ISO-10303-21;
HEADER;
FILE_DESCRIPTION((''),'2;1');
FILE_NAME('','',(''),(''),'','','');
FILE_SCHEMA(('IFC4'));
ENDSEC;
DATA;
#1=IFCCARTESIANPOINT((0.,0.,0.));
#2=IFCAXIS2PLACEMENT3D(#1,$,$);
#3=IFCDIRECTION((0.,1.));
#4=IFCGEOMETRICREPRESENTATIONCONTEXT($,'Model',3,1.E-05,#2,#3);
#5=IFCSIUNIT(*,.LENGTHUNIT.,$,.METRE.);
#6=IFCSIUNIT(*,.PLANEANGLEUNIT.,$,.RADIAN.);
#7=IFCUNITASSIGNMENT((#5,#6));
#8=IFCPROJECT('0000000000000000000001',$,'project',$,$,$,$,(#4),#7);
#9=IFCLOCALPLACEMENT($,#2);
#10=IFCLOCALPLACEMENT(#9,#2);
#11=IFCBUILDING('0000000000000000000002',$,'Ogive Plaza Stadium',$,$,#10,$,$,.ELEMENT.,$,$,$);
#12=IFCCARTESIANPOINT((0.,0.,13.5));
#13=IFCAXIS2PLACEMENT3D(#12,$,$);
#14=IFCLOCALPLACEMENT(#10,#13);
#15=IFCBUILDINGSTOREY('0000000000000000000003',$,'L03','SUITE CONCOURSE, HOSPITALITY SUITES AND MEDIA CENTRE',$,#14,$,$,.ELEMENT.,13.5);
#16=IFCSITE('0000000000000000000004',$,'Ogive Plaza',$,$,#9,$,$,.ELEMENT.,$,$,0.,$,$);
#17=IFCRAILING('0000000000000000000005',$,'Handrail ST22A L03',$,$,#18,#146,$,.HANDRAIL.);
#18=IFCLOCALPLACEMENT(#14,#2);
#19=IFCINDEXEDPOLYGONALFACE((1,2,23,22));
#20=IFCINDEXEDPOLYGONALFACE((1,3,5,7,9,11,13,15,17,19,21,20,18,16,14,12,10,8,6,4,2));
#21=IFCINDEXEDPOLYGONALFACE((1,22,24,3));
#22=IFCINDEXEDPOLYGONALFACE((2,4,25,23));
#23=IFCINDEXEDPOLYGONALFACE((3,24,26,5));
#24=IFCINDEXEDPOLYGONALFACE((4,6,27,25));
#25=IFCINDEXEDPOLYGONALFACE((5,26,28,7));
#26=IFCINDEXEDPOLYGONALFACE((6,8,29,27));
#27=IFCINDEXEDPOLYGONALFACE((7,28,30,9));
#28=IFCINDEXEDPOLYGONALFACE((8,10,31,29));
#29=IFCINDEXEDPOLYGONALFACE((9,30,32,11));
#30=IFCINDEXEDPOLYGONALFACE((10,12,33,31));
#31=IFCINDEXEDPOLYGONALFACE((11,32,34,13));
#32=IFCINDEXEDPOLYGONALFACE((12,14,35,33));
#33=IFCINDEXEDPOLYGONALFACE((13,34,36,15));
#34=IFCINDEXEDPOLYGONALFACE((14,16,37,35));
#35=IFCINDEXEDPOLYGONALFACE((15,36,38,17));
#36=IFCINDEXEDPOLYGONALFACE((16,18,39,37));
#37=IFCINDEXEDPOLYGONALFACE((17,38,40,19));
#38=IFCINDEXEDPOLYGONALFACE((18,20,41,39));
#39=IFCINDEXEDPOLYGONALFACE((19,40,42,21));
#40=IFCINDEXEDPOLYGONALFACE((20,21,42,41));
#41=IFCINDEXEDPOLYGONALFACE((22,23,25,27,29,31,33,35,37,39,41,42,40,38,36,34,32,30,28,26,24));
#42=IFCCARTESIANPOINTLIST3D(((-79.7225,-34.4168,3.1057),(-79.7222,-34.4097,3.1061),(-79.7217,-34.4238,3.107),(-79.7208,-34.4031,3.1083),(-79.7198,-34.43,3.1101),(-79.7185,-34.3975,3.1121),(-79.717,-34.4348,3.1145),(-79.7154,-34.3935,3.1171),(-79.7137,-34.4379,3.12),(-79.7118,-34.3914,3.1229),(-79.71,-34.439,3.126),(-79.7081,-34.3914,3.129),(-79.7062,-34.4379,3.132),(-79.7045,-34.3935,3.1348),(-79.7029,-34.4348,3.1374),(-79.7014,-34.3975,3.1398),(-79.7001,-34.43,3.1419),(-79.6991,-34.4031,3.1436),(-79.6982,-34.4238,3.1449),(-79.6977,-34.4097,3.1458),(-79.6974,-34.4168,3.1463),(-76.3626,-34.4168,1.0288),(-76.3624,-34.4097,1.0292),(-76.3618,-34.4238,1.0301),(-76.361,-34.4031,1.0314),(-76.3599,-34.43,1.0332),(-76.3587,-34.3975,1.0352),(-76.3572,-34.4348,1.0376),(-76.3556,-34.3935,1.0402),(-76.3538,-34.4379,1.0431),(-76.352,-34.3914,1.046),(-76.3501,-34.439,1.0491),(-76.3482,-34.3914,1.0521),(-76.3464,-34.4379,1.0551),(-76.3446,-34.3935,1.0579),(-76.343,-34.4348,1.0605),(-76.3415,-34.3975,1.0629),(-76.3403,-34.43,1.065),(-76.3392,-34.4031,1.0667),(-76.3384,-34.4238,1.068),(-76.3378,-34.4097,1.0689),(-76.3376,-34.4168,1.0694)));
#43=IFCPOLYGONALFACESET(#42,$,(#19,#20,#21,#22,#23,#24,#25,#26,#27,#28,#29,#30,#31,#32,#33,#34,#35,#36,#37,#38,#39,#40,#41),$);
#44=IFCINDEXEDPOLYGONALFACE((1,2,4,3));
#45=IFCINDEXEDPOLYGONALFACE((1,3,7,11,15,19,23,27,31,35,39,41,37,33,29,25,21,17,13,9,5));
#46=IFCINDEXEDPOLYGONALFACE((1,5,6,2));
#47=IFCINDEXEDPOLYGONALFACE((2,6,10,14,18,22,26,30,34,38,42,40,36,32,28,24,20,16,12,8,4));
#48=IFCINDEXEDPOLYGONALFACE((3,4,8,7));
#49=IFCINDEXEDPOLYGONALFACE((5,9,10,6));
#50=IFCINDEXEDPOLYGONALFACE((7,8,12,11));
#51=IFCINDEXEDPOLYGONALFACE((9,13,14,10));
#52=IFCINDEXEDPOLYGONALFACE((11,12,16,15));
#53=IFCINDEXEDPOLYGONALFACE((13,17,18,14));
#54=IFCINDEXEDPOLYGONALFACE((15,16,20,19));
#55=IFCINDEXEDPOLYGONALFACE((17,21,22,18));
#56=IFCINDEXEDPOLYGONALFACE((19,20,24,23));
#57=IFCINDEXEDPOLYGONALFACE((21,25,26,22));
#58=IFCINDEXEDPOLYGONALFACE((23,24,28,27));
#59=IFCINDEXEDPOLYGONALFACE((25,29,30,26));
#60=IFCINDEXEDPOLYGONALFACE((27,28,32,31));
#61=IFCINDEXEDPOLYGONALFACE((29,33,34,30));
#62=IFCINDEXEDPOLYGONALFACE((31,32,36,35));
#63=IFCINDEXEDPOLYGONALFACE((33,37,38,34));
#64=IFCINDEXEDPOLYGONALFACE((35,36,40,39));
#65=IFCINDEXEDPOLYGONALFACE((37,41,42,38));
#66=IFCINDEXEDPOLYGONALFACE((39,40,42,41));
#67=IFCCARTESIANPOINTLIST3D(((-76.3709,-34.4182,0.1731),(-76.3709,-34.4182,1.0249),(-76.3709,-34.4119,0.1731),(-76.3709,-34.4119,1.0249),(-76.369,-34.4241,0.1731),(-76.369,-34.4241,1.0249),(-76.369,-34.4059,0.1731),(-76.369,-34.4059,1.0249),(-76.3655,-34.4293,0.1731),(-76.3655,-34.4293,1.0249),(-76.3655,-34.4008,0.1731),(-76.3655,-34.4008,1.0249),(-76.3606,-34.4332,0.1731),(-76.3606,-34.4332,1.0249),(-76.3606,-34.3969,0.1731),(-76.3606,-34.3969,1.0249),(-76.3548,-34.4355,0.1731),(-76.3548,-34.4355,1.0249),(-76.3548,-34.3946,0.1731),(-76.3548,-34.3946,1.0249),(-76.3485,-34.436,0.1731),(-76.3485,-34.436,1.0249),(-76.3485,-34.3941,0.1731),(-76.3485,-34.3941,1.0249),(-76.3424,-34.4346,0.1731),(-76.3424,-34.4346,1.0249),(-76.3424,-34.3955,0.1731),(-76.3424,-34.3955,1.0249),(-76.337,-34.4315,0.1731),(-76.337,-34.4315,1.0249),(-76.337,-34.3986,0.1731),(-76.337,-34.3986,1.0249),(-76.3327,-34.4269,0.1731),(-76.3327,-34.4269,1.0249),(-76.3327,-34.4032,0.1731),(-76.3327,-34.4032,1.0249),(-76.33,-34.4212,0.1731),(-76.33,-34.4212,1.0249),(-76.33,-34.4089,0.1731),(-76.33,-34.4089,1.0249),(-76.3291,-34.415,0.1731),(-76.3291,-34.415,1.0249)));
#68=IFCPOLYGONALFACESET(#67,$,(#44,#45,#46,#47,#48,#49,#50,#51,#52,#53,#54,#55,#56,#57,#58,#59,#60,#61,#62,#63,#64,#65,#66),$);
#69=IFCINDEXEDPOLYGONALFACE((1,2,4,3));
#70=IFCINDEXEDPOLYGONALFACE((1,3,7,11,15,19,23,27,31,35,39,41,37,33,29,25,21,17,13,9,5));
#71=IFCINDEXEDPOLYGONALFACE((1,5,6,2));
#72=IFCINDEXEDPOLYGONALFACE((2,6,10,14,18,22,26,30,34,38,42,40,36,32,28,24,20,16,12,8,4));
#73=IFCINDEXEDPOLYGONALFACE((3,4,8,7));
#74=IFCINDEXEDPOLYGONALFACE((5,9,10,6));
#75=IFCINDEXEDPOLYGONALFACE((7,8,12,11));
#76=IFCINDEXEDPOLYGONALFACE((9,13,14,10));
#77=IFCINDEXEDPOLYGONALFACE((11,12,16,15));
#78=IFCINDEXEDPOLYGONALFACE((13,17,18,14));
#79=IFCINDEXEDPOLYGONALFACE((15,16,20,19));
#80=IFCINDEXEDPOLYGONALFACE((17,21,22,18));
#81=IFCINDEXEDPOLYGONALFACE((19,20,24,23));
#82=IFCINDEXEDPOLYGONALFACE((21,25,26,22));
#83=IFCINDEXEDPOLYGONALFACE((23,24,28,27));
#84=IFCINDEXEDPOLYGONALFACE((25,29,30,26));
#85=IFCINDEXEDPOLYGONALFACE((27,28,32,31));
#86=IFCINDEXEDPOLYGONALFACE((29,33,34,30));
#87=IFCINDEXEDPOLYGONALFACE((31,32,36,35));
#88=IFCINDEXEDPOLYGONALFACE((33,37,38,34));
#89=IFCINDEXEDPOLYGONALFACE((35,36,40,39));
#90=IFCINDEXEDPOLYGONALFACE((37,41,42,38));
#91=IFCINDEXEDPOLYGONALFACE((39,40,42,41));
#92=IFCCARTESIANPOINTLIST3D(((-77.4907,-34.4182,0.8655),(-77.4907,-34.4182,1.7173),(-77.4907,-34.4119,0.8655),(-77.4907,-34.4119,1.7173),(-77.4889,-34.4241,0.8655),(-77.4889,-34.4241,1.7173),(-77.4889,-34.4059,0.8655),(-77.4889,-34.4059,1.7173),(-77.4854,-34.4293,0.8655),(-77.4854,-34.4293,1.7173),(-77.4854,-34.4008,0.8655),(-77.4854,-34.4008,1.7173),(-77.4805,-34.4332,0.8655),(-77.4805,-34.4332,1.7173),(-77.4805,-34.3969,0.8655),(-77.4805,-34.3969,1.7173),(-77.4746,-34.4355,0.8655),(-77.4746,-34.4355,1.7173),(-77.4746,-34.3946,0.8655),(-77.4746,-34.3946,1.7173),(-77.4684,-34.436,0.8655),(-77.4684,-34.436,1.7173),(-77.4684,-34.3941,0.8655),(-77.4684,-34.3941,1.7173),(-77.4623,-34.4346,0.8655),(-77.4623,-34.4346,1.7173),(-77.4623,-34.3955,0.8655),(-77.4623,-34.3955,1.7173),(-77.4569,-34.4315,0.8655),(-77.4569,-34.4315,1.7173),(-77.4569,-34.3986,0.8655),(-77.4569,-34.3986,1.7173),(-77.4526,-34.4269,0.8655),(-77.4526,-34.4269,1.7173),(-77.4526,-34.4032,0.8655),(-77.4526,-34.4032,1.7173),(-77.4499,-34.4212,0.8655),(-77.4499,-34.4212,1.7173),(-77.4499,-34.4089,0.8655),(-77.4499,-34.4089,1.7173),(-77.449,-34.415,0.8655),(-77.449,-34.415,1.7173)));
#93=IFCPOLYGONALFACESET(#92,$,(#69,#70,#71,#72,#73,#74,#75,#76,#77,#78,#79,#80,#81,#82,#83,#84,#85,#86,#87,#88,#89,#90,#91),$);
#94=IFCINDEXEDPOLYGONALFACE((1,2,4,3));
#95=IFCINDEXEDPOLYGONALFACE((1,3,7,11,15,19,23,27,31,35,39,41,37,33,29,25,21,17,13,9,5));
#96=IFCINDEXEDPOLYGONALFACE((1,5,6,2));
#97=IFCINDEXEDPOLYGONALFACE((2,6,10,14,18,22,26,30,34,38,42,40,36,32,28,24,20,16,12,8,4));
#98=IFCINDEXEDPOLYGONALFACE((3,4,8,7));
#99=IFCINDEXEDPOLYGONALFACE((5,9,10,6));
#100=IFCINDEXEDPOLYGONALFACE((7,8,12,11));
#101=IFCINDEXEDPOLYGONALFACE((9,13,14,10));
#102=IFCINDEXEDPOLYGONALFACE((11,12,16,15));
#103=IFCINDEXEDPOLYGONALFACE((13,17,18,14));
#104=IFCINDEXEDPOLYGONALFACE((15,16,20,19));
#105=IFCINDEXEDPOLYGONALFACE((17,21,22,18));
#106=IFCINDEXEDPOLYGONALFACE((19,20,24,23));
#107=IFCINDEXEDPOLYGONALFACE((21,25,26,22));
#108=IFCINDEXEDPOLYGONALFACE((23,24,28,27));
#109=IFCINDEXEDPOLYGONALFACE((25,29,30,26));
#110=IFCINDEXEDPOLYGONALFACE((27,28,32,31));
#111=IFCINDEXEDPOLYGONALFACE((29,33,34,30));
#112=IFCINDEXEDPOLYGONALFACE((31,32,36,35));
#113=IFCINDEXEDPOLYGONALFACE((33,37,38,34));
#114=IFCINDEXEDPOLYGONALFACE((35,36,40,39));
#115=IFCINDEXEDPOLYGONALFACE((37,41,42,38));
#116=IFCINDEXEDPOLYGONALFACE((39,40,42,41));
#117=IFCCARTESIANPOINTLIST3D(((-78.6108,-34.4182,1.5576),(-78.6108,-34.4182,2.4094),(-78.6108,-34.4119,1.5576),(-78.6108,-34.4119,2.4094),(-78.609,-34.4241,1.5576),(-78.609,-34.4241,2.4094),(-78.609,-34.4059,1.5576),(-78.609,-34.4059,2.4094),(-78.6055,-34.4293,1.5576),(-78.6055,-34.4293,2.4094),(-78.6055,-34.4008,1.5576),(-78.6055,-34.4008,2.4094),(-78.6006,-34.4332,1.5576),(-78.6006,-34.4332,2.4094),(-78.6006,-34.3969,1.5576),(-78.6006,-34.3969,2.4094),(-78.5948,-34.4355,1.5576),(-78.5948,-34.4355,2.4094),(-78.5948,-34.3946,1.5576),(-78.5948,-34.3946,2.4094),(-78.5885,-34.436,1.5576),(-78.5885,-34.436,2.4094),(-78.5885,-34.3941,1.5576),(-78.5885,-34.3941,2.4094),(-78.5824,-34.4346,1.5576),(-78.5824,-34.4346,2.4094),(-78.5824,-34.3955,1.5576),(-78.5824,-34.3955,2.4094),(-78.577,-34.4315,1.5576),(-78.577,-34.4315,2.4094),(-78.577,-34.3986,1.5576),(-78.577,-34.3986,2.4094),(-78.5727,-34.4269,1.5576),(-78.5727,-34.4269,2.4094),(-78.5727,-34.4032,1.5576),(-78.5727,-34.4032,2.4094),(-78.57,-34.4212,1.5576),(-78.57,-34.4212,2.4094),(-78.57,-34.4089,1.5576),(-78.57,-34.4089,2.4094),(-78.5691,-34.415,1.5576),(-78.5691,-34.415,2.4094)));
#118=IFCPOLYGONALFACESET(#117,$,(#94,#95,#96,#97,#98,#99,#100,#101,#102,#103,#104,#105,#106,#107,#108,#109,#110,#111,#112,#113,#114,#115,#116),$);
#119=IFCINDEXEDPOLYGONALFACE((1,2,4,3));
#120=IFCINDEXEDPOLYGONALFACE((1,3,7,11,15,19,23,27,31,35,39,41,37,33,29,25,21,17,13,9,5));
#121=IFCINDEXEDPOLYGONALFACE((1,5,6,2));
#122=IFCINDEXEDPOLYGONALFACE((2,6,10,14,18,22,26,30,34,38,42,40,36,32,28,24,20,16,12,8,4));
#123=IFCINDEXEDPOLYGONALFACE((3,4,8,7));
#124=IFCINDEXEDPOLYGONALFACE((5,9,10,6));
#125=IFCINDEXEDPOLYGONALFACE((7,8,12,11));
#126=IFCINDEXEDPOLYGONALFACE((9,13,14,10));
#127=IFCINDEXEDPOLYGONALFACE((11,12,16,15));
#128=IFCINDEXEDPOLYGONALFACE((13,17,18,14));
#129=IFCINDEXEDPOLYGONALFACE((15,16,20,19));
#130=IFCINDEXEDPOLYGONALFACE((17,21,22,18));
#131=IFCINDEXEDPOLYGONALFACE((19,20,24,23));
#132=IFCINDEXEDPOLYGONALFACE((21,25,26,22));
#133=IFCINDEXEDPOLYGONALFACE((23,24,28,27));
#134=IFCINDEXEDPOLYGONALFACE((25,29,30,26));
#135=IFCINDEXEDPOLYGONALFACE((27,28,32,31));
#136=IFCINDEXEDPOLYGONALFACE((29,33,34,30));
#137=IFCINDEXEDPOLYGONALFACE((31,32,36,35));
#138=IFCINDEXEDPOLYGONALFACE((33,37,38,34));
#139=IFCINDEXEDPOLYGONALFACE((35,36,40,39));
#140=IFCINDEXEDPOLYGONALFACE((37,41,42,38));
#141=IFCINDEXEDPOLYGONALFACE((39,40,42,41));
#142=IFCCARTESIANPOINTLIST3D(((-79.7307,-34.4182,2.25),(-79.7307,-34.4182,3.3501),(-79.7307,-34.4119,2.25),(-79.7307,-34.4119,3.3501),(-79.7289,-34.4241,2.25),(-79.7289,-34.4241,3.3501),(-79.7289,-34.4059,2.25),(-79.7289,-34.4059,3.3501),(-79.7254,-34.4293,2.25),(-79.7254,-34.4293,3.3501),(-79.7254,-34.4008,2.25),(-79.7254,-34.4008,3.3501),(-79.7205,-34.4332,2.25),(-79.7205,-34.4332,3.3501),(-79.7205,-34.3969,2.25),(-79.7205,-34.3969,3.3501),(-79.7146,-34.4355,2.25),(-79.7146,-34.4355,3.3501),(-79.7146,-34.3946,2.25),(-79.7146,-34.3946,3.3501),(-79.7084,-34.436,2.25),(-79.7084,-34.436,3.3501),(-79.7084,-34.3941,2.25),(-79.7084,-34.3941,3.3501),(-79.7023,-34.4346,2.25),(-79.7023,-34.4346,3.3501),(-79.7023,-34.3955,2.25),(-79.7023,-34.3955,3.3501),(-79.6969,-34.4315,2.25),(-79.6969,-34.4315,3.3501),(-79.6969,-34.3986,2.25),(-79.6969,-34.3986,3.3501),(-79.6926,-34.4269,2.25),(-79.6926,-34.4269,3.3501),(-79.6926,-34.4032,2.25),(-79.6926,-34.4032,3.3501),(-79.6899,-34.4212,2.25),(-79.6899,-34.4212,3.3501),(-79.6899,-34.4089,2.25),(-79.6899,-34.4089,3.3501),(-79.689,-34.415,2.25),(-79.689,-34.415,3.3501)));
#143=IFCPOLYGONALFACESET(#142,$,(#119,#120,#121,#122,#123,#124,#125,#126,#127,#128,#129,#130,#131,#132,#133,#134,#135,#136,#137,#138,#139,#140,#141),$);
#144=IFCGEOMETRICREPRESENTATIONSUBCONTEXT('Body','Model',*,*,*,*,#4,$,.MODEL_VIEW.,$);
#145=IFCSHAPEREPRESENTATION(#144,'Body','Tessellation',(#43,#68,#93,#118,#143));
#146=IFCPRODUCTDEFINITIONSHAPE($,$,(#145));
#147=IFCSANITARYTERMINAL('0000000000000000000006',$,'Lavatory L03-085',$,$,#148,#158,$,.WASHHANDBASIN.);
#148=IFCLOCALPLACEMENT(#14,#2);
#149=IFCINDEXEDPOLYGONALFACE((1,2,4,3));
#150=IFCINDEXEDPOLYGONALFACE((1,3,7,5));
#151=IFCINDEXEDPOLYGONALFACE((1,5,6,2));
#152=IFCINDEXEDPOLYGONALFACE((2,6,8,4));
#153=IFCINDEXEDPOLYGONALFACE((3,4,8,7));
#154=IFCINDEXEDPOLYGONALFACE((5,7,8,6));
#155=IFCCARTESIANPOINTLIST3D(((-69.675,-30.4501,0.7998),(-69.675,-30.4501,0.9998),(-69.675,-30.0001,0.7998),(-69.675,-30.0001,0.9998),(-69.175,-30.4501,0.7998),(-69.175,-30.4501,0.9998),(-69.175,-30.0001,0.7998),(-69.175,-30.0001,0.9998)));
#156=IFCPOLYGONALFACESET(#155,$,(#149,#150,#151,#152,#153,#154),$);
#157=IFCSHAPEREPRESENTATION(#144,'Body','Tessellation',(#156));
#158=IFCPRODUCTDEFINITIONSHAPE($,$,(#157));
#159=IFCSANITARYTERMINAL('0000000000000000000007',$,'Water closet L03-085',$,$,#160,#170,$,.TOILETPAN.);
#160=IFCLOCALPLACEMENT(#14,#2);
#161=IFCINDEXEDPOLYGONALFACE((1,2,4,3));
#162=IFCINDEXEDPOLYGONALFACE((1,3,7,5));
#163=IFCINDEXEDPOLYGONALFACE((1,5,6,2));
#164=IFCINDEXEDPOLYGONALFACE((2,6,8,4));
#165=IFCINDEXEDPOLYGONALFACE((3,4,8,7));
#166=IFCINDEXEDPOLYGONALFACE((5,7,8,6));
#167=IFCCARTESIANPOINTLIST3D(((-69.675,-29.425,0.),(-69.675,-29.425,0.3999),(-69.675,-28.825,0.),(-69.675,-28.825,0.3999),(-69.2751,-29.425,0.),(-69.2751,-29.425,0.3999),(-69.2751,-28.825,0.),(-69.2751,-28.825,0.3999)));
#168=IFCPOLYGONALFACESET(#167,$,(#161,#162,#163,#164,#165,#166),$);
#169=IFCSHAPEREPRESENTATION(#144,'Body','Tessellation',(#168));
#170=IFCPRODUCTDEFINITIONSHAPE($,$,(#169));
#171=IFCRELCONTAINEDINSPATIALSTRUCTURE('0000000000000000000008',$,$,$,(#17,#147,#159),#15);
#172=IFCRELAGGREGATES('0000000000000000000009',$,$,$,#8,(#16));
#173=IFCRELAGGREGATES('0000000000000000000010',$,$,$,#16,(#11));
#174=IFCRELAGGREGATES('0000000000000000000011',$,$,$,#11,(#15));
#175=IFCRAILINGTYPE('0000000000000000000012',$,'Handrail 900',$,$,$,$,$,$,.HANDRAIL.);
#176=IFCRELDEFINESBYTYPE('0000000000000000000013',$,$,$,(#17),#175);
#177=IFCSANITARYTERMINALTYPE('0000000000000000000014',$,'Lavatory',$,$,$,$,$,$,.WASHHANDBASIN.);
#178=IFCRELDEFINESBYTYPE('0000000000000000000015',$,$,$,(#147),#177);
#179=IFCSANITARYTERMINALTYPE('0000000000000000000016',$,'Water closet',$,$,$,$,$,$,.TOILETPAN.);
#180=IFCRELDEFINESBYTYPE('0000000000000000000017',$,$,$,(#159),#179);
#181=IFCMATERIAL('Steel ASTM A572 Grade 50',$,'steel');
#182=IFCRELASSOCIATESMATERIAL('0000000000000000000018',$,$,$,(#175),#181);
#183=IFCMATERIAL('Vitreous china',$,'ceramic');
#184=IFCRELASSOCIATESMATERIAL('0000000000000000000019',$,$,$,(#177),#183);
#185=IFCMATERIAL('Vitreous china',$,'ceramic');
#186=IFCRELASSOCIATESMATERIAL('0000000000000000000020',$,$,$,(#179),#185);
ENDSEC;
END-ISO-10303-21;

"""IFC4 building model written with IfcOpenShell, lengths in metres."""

from ifc_helpers import new_model, si_unit, direction, frame, origin, origin_2d, place, context, subcontext, project, spatial, rectangle, circle, extrude, material, type_object, element, save


model = new_model("IFC4")

# Units and contexts
model_context = context("Model", 3, precision=1e-05, world=origin(), true_north=direction((0.0, 1.0)))
body_context = subcontext(model_context, "Body", "Model", "MODEL_VIEW")
ifc_project = project(units=[si_unit("LENGTHUNIT", "METRE"), si_unit("PLANEANGLEUNIT", "RADIAN")], contexts=[model_context])

# Site, building, storey
site_placement = place(None, origin())
site = spatial("IfcSite", under=ifc_project, at=site_placement, Name="Ogive Plaza", CompositionType="ELEMENT", RefElevation=0.0)
building_placement = place(site_placement, origin())
building = spatial("IfcBuilding", under=site, at=building_placement, Name="Ogive Plaza Stadium", CompositionType="ELEMENT")
storey_placement = place(building_placement, frame((0.0, 0.0, 13.5)))
storey = spatial("IfcBuildingStorey", under=building, at=storey_placement, Name="L03", Description="SUITE CONCOURSE, HOSPITALITY SUITES AND MEDIA CENTRE", CompositionType="ELEMENT", Elevation=13.5)

# Railing
ifc_material_1 = material(Name="Steel ASTM A572 Grade 50", Category="steel")
railing_type_1 = type_object("IfcRailingType", Name="Handrail 900", PredefinedType="HANDRAIL", material=ifc_material_1)
for number, where, name in (
    (1, (-76.3501, -34.415, 0.1731), "Handrail ST22A L03"),
):
    element("IfcRailing", number, at=place(storey_placement, frame(where)), inside=storey, type_object=railing_type_1, Name=name, PredefinedType="HANDRAIL", context=body_context, shape_type="SweptSolid", body=[
        extrude(circle(Radius=0.0239, at=origin_2d()), frame((0.0, 0.0, 0.876), z_axis=(-0.850606, 0.0, 0.525803), x_axis=(0.0, -1.0, 0.0)), (0.0, 0.0, 1.0), 3.95),
        extrude(circle(Radius=0.021, at=origin_2d()), origin(), (0.0, 0.0, 1.0), 0.8518),
        extrude(circle(Radius=0.021, at=origin_2d()), frame((-1.1199, 0.0, 0.6924)), (0.0, 0.0, 1.0), 0.8518),
        extrude(circle(Radius=0.021, at=origin_2d()), frame((-2.24, 0.0, 1.3845)), (0.0, 0.0, 1.0), 0.8518),
        extrude(circle(Radius=0.021, at=origin_2d()), frame((-3.3599, 0.0, 2.0769)), (0.0, 0.0, 1.0), 1.1001),
    ])

# Sanitary terminals
ifc_material_2 = material(Name="Vitreous china", Category="ceramic")
sanitary_terminal_type_1 = type_object("IfcSanitaryTerminalType", Name="Lavatory", PredefinedType="WASHHANDBASIN", material=ifc_material_2)
sanitary_terminal_1_placement = place(storey_placement, frame((-69.425, -30.2251, 0.7998), z_axis=(0.0, 0.0, 1.0), x_axis=(1.0, 0.0, 0.0)))
element("IfcSanitaryTerminal", 2, at=sanitary_terminal_1_placement, inside=storey, type_object=sanitary_terminal_type_1, Name="Lavatory L03-085", PredefinedType="WASHHANDBASIN", context=body_context, shape_type="SweptSolid", body=[
    extrude(rectangle(XDim=0.5, YDim=0.45, at=origin_2d()), origin(), (0.0, 0.0, 1.0), 0.2),
])
ifc_material_3 = material(Name="Vitreous china", Category="ceramic")
sanitary_terminal_type_2 = type_object("IfcSanitaryTerminalType", Name="Water closet", PredefinedType="TOILETPAN", material=ifc_material_3)
sanitary_terminal_2_placement = place(storey_placement, frame((-69.4751, -29.125, 0.0), z_axis=(0.0, 0.0, 1.0), x_axis=(1.0, 0.0, 0.0)))
element("IfcSanitaryTerminal", 3, at=sanitary_terminal_2_placement, inside=storey, type_object=sanitary_terminal_type_2, Name="Water closet L03-085", PredefinedType="TOILETPAN", context=body_context, shape_type="SweptSolid", body=[
    extrude(rectangle(XDim=0.3999, YDim=0.6001, at=origin_2d()), origin(), (0.0, 0.0, 1.0), 0.3999),
])

save(model, "model.ifc")
